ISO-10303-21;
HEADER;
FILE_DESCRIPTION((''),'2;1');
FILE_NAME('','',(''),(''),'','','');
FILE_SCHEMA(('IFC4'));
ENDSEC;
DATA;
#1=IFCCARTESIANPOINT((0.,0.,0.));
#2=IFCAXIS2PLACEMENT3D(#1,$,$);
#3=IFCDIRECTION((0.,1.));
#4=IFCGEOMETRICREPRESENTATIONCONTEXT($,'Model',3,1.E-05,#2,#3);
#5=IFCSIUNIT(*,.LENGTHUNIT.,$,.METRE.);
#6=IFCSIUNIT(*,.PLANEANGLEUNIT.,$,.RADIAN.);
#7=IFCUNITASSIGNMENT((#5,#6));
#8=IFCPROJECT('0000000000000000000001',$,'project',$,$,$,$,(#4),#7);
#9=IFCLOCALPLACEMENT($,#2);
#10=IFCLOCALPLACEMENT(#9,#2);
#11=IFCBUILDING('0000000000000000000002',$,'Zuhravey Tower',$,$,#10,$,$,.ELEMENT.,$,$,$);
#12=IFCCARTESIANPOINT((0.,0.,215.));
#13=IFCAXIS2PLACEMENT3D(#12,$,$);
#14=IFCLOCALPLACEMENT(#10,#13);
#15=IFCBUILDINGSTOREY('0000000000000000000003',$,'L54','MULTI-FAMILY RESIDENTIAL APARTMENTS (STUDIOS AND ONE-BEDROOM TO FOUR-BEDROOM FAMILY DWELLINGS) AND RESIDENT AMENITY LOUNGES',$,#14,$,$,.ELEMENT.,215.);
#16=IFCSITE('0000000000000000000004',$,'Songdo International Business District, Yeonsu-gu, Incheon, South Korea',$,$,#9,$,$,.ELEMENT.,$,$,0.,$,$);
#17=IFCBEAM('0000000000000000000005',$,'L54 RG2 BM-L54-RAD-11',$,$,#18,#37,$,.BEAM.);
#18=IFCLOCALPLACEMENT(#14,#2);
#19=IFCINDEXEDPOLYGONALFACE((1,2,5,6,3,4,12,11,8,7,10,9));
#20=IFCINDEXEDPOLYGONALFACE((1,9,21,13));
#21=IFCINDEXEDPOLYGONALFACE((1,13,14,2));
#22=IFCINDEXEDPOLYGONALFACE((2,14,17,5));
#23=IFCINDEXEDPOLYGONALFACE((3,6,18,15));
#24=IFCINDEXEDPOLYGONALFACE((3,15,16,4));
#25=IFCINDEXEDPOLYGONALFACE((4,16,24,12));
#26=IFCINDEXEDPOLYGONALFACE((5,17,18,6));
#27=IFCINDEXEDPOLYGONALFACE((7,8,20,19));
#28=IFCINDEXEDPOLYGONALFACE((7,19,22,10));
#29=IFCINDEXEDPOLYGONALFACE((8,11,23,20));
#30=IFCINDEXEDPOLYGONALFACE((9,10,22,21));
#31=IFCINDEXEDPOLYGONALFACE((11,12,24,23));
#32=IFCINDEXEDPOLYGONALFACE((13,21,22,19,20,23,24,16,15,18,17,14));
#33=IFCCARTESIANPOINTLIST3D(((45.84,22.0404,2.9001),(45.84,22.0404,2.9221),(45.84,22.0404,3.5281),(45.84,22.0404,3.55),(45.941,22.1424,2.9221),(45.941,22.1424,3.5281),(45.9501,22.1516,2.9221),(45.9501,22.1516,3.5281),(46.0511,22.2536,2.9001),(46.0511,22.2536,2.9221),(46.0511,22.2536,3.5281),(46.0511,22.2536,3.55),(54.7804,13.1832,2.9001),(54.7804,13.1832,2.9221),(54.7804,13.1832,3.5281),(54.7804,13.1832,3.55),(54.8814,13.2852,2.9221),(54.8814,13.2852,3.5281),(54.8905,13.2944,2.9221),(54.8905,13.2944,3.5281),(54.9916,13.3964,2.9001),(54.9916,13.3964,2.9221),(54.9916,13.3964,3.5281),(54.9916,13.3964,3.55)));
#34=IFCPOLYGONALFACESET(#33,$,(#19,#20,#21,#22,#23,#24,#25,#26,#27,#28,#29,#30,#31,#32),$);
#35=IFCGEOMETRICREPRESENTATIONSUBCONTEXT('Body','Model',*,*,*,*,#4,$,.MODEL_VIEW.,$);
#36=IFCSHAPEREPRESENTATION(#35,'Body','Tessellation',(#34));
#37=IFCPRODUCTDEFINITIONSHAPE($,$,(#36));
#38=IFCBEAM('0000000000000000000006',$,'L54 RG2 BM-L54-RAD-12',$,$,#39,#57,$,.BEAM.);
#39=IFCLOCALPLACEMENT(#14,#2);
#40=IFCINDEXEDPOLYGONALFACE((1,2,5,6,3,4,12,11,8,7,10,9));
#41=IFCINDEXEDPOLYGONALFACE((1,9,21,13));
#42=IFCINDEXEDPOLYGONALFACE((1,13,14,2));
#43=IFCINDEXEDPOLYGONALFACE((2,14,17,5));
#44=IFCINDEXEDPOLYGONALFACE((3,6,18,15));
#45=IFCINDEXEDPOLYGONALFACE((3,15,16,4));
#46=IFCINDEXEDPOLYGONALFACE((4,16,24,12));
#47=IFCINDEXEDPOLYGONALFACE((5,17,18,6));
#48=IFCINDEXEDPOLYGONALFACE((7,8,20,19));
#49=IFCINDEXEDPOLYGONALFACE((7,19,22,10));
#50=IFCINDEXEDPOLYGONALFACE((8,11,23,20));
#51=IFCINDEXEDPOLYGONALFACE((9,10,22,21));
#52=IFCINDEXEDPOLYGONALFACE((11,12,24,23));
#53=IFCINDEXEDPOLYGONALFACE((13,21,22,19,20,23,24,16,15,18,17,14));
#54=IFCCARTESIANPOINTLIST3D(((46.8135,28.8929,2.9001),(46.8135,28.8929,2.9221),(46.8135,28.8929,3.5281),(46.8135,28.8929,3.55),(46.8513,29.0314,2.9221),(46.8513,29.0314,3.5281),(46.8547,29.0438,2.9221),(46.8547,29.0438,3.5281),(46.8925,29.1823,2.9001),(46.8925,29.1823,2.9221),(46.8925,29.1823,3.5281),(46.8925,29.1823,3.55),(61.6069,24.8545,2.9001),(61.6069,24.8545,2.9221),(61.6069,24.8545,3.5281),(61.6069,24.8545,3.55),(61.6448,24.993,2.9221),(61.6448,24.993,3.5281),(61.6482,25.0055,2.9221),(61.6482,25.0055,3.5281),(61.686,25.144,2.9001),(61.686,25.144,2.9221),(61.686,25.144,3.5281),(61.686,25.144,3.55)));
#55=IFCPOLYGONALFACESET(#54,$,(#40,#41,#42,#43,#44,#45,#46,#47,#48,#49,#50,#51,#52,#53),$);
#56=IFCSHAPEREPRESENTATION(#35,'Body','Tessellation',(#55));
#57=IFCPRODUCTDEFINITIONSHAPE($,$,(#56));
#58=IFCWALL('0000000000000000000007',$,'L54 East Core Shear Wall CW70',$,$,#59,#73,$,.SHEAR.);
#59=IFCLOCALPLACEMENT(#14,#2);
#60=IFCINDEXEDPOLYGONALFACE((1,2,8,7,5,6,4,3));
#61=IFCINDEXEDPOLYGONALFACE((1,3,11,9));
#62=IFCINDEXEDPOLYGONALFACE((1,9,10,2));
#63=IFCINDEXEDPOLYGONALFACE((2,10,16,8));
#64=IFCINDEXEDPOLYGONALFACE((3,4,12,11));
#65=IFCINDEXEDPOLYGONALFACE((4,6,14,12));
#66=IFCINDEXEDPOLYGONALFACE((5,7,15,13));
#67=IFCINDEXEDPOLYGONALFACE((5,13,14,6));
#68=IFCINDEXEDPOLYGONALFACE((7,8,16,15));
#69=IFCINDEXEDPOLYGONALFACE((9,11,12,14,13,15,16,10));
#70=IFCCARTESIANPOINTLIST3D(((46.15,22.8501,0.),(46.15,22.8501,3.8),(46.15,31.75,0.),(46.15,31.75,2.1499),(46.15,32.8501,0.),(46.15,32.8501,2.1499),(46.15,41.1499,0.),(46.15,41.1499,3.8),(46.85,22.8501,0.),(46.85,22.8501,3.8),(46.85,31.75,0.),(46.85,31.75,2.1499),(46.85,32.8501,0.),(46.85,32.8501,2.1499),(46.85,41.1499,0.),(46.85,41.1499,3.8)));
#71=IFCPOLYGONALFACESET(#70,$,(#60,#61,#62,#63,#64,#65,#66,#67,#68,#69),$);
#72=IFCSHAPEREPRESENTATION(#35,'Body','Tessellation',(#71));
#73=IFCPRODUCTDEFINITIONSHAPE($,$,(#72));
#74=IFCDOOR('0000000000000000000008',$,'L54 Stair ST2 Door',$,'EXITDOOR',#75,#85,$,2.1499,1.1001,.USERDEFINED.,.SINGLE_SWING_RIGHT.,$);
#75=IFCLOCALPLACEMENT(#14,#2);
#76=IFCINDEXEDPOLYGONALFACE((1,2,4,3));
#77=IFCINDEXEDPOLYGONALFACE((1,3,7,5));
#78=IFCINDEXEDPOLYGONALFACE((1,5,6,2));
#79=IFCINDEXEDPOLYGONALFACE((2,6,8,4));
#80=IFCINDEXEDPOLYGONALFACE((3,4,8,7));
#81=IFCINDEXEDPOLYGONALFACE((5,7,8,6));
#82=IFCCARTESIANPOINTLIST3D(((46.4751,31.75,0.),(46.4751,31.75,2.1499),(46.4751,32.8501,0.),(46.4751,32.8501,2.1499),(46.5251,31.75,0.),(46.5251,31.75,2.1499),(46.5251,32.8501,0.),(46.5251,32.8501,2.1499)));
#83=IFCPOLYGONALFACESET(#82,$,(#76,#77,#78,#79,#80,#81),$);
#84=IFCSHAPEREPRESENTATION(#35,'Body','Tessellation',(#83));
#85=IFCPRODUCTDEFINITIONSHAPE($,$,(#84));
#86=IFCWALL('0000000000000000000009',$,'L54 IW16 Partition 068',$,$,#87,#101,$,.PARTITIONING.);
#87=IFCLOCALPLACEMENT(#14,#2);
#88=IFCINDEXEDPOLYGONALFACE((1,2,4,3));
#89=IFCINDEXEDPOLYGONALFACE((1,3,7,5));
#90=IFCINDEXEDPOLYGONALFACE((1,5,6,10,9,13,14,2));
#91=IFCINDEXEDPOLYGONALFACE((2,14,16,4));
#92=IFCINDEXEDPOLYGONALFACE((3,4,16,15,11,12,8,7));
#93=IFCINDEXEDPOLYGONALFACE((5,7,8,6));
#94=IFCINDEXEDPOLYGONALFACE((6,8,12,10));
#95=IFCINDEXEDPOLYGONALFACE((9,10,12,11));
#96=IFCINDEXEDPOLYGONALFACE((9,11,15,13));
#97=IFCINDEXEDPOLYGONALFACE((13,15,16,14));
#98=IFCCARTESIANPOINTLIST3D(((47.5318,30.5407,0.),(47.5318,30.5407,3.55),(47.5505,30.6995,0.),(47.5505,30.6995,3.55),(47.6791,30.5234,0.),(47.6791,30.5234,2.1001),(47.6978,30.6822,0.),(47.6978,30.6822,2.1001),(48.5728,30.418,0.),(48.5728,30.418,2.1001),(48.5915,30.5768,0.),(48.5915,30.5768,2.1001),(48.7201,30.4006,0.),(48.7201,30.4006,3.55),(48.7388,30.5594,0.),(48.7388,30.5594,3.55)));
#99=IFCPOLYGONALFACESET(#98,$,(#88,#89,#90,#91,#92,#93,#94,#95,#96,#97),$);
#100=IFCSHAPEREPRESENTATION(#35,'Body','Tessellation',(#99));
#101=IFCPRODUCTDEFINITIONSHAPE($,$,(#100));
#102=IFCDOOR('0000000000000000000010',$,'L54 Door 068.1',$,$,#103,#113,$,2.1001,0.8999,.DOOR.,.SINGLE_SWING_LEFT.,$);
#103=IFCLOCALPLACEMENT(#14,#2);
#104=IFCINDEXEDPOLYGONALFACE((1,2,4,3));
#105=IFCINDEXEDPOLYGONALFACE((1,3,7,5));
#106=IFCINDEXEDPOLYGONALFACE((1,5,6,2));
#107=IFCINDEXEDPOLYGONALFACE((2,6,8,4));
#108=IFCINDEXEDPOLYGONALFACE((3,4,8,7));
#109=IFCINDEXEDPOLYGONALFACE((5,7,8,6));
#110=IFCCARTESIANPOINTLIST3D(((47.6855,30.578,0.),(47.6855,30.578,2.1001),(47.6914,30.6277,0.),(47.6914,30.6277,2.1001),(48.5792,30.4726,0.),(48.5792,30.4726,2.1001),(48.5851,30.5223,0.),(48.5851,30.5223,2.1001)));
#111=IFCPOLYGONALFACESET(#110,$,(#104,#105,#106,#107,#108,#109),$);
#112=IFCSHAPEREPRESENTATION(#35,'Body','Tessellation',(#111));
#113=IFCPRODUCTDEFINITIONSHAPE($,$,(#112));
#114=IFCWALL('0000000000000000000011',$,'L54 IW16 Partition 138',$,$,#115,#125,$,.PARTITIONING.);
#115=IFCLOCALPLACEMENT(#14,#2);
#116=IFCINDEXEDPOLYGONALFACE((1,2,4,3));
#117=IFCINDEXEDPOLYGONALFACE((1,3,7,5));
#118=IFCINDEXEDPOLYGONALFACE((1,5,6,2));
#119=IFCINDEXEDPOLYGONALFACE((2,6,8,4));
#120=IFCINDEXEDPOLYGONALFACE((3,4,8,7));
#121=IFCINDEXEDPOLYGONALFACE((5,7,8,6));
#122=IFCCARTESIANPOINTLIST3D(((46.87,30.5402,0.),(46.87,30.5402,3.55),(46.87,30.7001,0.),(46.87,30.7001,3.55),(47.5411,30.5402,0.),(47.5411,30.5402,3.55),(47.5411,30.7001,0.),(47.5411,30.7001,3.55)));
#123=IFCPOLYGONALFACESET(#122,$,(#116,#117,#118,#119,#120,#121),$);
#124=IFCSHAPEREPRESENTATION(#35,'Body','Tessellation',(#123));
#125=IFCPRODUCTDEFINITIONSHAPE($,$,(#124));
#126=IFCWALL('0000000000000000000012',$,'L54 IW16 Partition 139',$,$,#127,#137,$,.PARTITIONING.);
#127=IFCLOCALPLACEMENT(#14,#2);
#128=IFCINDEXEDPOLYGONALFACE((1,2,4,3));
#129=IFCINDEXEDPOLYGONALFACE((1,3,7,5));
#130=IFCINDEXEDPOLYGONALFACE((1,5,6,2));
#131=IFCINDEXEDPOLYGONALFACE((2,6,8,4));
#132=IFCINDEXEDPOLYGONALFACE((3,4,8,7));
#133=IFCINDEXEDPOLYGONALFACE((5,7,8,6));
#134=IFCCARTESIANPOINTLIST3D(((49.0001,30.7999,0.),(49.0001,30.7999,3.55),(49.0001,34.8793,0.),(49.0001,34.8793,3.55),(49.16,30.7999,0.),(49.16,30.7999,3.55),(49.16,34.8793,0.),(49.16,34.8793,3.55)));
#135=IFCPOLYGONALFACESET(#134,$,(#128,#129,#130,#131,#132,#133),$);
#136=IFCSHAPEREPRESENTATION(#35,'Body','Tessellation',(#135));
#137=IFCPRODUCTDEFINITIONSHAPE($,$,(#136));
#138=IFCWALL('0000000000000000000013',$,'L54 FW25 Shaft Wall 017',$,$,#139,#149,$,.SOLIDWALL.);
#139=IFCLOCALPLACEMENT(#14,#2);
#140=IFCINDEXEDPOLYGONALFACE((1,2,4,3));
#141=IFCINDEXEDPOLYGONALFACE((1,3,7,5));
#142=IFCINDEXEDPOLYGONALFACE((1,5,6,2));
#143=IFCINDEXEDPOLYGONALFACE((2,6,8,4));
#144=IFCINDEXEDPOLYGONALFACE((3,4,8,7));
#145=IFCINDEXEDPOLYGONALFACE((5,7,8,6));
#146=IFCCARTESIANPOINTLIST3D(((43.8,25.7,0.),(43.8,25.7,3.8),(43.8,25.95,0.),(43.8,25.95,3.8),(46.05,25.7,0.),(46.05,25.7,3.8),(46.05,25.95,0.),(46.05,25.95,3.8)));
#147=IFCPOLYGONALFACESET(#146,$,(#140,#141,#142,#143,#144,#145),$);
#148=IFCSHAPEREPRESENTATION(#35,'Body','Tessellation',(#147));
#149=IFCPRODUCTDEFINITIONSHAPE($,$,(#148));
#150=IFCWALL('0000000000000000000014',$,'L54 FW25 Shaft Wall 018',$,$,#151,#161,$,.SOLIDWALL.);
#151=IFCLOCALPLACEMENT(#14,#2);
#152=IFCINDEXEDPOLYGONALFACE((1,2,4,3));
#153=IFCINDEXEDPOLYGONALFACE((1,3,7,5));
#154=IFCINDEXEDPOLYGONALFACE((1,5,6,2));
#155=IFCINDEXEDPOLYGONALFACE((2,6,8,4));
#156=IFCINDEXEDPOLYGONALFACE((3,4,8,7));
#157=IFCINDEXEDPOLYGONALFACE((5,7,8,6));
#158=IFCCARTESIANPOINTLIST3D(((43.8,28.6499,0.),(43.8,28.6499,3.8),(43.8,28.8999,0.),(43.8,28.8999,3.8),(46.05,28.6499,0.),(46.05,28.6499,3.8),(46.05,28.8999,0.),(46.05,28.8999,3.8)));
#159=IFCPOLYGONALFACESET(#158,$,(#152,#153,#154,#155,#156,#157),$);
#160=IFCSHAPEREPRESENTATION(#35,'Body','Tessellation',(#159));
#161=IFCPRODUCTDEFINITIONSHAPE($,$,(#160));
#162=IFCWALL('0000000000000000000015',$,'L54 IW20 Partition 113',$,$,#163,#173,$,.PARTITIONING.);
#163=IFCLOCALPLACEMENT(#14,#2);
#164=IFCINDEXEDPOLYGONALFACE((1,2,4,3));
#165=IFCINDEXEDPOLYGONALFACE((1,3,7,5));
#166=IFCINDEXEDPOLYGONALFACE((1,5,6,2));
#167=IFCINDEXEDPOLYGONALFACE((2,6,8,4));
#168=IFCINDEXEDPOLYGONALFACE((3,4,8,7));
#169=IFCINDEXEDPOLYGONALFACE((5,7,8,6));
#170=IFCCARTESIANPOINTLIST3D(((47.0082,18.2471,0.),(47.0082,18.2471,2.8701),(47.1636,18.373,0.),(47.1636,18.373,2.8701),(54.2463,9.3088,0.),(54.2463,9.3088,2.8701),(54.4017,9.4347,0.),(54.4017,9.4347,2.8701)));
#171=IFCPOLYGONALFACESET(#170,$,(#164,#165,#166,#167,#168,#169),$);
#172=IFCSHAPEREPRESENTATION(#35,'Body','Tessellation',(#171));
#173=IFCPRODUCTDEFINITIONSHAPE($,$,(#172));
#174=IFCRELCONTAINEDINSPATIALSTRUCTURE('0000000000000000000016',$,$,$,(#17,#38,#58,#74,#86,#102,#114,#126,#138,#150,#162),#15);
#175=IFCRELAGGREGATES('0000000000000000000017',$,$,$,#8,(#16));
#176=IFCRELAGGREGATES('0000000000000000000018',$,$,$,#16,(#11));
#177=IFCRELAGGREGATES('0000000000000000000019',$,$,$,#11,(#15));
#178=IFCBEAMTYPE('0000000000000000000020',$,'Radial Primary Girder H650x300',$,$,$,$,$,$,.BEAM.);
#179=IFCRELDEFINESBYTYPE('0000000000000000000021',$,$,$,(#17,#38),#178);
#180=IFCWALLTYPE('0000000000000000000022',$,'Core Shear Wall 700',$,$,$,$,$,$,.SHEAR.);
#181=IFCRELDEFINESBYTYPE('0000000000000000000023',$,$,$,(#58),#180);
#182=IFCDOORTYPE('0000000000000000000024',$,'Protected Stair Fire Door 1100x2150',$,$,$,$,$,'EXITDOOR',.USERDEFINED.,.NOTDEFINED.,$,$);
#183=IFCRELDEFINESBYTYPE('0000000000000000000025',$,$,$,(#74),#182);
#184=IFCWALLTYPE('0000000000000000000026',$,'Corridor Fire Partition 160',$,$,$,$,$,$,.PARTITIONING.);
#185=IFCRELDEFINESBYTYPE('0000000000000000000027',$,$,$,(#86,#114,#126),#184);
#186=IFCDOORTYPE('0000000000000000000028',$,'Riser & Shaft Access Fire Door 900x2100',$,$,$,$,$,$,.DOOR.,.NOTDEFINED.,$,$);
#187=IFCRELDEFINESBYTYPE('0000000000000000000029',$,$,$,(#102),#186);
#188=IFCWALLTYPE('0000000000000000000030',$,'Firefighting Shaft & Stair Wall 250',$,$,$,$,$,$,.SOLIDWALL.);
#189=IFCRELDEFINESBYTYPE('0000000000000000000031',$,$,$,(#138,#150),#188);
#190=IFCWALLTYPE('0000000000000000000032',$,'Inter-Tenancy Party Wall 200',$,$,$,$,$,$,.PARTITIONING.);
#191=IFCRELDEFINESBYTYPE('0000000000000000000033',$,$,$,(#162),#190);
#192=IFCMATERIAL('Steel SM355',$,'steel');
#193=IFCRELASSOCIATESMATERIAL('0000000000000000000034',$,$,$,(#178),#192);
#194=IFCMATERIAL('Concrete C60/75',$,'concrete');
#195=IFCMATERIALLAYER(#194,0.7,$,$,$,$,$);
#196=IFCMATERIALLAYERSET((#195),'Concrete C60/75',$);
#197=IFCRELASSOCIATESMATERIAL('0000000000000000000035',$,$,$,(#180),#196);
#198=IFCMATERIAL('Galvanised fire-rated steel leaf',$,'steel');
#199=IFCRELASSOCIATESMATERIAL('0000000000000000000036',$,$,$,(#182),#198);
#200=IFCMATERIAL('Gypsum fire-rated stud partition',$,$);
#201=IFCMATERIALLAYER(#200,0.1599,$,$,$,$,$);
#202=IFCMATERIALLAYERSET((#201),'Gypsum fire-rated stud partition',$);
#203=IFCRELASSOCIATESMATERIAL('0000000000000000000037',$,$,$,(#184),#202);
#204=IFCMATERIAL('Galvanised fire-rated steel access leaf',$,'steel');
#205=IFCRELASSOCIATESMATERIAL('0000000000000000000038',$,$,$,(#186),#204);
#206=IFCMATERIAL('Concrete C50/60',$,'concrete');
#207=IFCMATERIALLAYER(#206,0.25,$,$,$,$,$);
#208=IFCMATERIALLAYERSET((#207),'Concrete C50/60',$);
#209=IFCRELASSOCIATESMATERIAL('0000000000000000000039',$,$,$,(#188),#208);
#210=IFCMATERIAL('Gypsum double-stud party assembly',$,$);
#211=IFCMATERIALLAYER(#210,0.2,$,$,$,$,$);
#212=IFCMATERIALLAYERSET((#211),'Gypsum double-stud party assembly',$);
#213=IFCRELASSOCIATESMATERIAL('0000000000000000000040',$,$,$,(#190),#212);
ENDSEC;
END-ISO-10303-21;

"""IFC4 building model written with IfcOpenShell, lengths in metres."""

from ifc_helpers import new_model, si_unit, direction, frame, frame_2d, origin, origin_2d, place, context, subcontext, project, spatial, rectangle, i_section, extrude, material, layer, layer_set, material_profile, profile_set, type_object, element, fill, save


model = new_model("IFC4")

# Units and contexts
model_context = context("Model", 3, precision=1e-05, world=origin(), true_north=direction((0.0, 1.0)))
body_context = subcontext(model_context, "Body", "Model", "MODEL_VIEW")
ifc_project = project(units=[si_unit("LENGTHUNIT", "METRE"), si_unit("PLANEANGLEUNIT", "RADIAN")], contexts=[model_context])

# Site, building, storey
site_placement = place(None, origin())
site = spatial("IfcSite", under=ifc_project, at=site_placement, Name="Songdo International Business District, Yeonsu-gu, Incheon, South Korea", CompositionType="ELEMENT", RefElevation=0.0)
building_placement = place(site_placement, origin())
building = spatial("IfcBuilding", under=site, at=building_placement, Name="Zuhravey Tower", CompositionType="ELEMENT")
storey_placement = place(building_placement, frame((0.0, 0.0, 215.0)))
storey = spatial("IfcBuildingStorey", under=building, at=storey_placement, Name="L54", Description="MULTI-FAMILY RESIDENTIAL APARTMENTS (STUDIOS AND ONE-BEDROOM TO FOUR-BEDROOM FAMILY DWELLINGS) AND RESIDENT AMENITY LOUNGES", CompositionType="ELEMENT", Elevation=215.0)

# Beams
ifc_material_1 = material(Name="Steel SM355", Category="steel")
ifc_material_profile = material_profile(ifc_material_1, i_section(OverallWidth=0.3, OverallDepth=0.6499, WebThickness=0.0129, FlangeThickness=0.022, at=origin_2d()), Name="H-650x300x13x22")
ifc_profile_set = profile_set([ifc_material_profile], Name="Steel SM355")
beam_type = type_object("IfcBeamType", Name="Radial Primary Girder H650x300", PredefinedType="BEAM", material=ifc_profile_set)
beam_1_placement = place(storey_placement, frame((45.9456, 22.147, 3.2251), z_axis=(0.710407, -0.703791, 0.0), x_axis=(0.703791, 0.710407, 0.0)))
element("IfcBeam", 1, at=beam_1_placement, inside=storey, type_object=beam_type, Name="L54 RG2 BM-L54-RAD-11", PredefinedType="BEAM", context=body_context, shape_type="SweptSolid", body=[
    extrude(i_section(OverallWidth=0.3, OverallDepth=0.6499, WebThickness=0.0129, FlangeThickness=0.022, at=origin_2d()), origin(), (0.0, 0.0, 1.0), 12.585),
])
beam_2_placement = place(storey_placement, frame((46.853, 29.0376, 3.2251), z_axis=(0.964702, -0.263345, 0.0), x_axis=(0.263345, 0.964702, 0.0)))
element("IfcBeam", 2, at=beam_2_placement, inside=storey, type_object=beam_type, Name="L54 RG2 BM-L54-RAD-12", PredefinedType="BEAM", context=body_context, shape_type="SweptSolid", body=[
    extrude(i_section(OverallWidth=0.3, OverallDepth=0.6499, WebThickness=0.0129, FlangeThickness=0.022, at=origin_2d()), origin(), (0.0, 0.0, 1.0), 15.3347),
])

# Walls, openings, doors
ifc_material_2 = material(Name="Concrete C60/75", Category="concrete")
ifc_layer_1 = layer(ifc_material_2, 0.7)
ifc_layer_set_1 = layer_set([ifc_layer_1], Name="Concrete C60/75")
wall_type_1 = type_object("IfcWallType", Name="Core Shear Wall 700", PredefinedType="SHEAR", material=ifc_layer_set_1)
wall_1_placement = place(storey_placement, frame((46.5, 22.8501, 0.0), z_axis=(0.0, 0.0, 1.0), x_axis=(0.0, 1.0, 0.0)))
wall_1 = element("IfcWall", 3, at=wall_1_placement, inside=storey, type_object=wall_type_1, Name="L54 East Core Shear Wall CW70", PredefinedType="SHEAR", context=body_context, shape_type="SweptSolid", body=[
    extrude(rectangle(XDim=18.2998, YDim=0.7, at=frame_2d((9.1499, 0.0))), origin(), (0.0, 0.0, 1.0), 3.8),
])
opening_1_placement = place(wall_1_placement, frame((8.8999, 0.0, 0.0)))
opening_1 = element("IfcOpeningElement", 4, at=opening_1_placement, cuts=wall_1, PredefinedType="OPENING", context=body_context, shape_type="SweptSolid", body=[
    extrude(rectangle(XDim=1.1001, YDim=2.1499, at=frame_2d((0.55, 1.075))), frame((0.0, 0.3621, 0.0), z_axis=(0.0, -1.0, 0.0), x_axis=(1.0, 0.0, 0.0)), (0.0, 0.0, 1.0), 0.7239),
])
ifc_material_3 = material(Name="Galvanised fire-rated steel leaf", Category="steel")
door_type_1 = type_object("IfcDoorType", Name="Protected Stair Fire Door 1100x2150", ElementType="EXITDOOR", OperationType="NOTDEFINED", PredefinedType="USERDEFINED", material=ifc_material_3)
door_1_placement = place(opening_1_placement, origin())
door_1 = element("IfcDoor", 5, at=door_1_placement, inside=storey, type_object=door_type_1, Name="L54 Stair ST2 Door", ObjectType="EXITDOOR", OperationType="SINGLE_SWING_RIGHT", OverallHeight=2.1499, OverallWidth=1.1001, PredefinedType="USERDEFINED", context=body_context, shape_type="SweptSolid", body=[
    extrude(rectangle(XDim=1.1001, YDim=2.1499, at=frame_2d((0.55, 1.075))), frame((0.0, 0.0249, 0.0), z_axis=(0.0, -1.0, 0.0), x_axis=(1.0, 0.0, 0.0)), (0.0, 0.0, 1.0), 0.05),
])
fill(opening_1, door_1)
ifc_material_4 = material(Name="Gypsum fire-rated stud partition")
ifc_layer_2 = layer(ifc_material_4, 0.1599)
ifc_layer_set_2 = layer_set([ifc_layer_2], Name="Gypsum fire-rated stud partition")
wall_type_2 = type_object("IfcWallType", Name="Corridor Fire Partition 160", PredefinedType="PARTITIONING", material=ifc_layer_set_2)
wall_2_placement = place(storey_placement, frame((47.5413, 30.6201, 0.0), z_axis=(0.0, 0.0, 1.0), x_axis=(0.993117, -0.117125, 0.0)))
wall_2 = element("IfcWall", 6, at=wall_2_placement, inside=storey, type_object=wall_type_2, Name="L54 IW16 Partition 068", PredefinedType="PARTITIONING", context=body_context, shape_type="SweptSolid", body=[
    extrude(rectangle(XDim=1.1965, YDim=0.1599, at=frame_2d((0.5981, 0.0))), origin(), (0.0, 0.0, 1.0), 3.55),
])
opening_2_placement = place(wall_2_placement, frame((0.1482, 0.0, 0.0)))
opening_2 = element("IfcOpeningElement", 7, at=opening_2_placement, cuts=wall_2, PredefinedType="OPENING", context=body_context, shape_type="SweptSolid", body=[
    extrude(rectangle(XDim=0.8999, YDim=2.1001, at=frame_2d((0.45, 1.05))), frame((0.0, 0.092, 0.0), z_axis=(0.0, -1.0, 0.0), x_axis=(1.0, 0.0, 0.0)), (0.0, 0.0, 1.0), 0.1838),
])
ifc_material_5 = material(Name="Galvanised fire-rated steel access leaf", Category="steel")
door_type_2 = type_object("IfcDoorType", Name="Riser & Shaft Access Fire Door 900x2100", OperationType="NOTDEFINED", PredefinedType="DOOR", material=ifc_material_5)
door_2_placement = place(opening_2_placement, frame((0.8999, 0.0, 0.0), z_axis=(0.0, 0.0, 1.0), x_axis=(-1.0, 0.0, 0.0)))
door_2 = element("IfcDoor", 8, at=door_2_placement, inside=storey, type_object=door_type_2, Name="L54 Door 068.1", OperationType="SINGLE_SWING_LEFT", OverallHeight=2.1001, OverallWidth=0.8999, PredefinedType="DOOR", context=body_context, shape_type="SweptSolid", body=[
    extrude(rectangle(XDim=0.8999, YDim=2.1001, at=frame_2d((0.45, 1.05))), frame((0.0, 0.0249, 0.0), z_axis=(0.0, -1.0, 0.0), x_axis=(1.0, 0.0, 0.0)), (0.0, 0.0, 1.0), 0.05),
])
fill(opening_2, door_2)

# Walls
wall_3_placement = place(storey_placement, frame((46.8701, 30.6201, 0.0), z_axis=(0.0, 0.0, 1.0), x_axis=(1.0, 0.0, 0.0)))
element("IfcWall", 9, at=wall_3_placement, inside=storey, type_object=wall_type_2, Name="L54 IW16 Partition 138", PredefinedType="PARTITIONING", context=body_context, shape_type="SweptSolid", body=[
    extrude(rectangle(XDim=0.6711, YDim=0.1599, at=frame_2d((0.3354, 0.0))), origin(), (0.0, 0.0, 1.0), 3.55),
])
wall_4_placement = place(storey_placement, frame((49.0801, 30.8, 0.0), z_axis=(0.0, 0.0, 1.0), x_axis=(0.0, 1.0, 0.0)))
element("IfcWall", 10, at=wall_4_placement, inside=storey, type_object=wall_type_2, Name="L54 IW16 Partition 139", PredefinedType="PARTITIONING", context=body_context, shape_type="SweptSolid", body=[
    extrude(rectangle(XDim=4.0793, YDim=0.1599, at=frame_2d((2.0396, 0.0))), origin(), (0.0, 0.0, 1.0), 3.55),
])
ifc_material_6 = material(Name="Concrete C50/60", Category="concrete")
ifc_layer_3 = layer(ifc_material_6, 0.25)
ifc_layer_set_3 = layer_set([ifc_layer_3], Name="Concrete C50/60")
wall_type_3 = type_object("IfcWallType", Name="Firefighting Shaft & Stair Wall 250", PredefinedType="SOLIDWALL", material=ifc_layer_set_3)
for number, where, z_axis, x_axis, name in (
    (11, (43.8, 25.825, 0.0), (0.0, 0.0, 1.0), (1.0, 0.0, 0.0), "L54 FW25 Shaft Wall 017"),
    (12, (43.8, 28.7749, 0.0), (0.0, 0.0, 1.0), (1.0, 0.0, 0.0), "L54 FW25 Shaft Wall 018"),
):
    element("IfcWall", number, at=place(storey_placement, frame(where, z_axis=z_axis, x_axis=x_axis)), inside=storey, type_object=wall_type_3, Name=name, PredefinedType="SOLIDWALL", context=body_context, shape_type="SweptSolid", body=[
        extrude(rectangle(XDim=2.25, YDim=0.25, at=frame_2d((1.125, 0.0))), origin(), (0.0, 0.0, 1.0), 3.8),
    ])
ifc_material_7 = material(Name="Gypsum double-stud party assembly")
ifc_layer_4 = layer(ifc_material_7, 0.2)
ifc_layer_set_4 = layer_set([ifc_layer_4], Name="Gypsum double-stud party assembly")
wall_type_4 = type_object("IfcWallType", Name="Inter-Tenancy Party Wall 200", PredefinedType="PARTITIONING", material=ifc_layer_set_4)
wall_5_placement = place(storey_placement, frame((47.0859, 18.3101, 0.0), z_axis=(0.0, 0.0, 1.0), x_axis=(0.62932, -0.777146, 0.0)))
element("IfcWall", 13, at=wall_5_placement, inside=storey, type_object=wall_type_4, Name="L54 IW20 Partition 113", PredefinedType="PARTITIONING", context=body_context, shape_type="SweptSolid", body=[
    extrude(rectangle(XDim=11.5015, YDim=0.2, at=frame_2d((5.7507, 0.0))), origin(), (0.0, 0.0, 1.0), 2.8701),
])

save(model, "model.ifc")
